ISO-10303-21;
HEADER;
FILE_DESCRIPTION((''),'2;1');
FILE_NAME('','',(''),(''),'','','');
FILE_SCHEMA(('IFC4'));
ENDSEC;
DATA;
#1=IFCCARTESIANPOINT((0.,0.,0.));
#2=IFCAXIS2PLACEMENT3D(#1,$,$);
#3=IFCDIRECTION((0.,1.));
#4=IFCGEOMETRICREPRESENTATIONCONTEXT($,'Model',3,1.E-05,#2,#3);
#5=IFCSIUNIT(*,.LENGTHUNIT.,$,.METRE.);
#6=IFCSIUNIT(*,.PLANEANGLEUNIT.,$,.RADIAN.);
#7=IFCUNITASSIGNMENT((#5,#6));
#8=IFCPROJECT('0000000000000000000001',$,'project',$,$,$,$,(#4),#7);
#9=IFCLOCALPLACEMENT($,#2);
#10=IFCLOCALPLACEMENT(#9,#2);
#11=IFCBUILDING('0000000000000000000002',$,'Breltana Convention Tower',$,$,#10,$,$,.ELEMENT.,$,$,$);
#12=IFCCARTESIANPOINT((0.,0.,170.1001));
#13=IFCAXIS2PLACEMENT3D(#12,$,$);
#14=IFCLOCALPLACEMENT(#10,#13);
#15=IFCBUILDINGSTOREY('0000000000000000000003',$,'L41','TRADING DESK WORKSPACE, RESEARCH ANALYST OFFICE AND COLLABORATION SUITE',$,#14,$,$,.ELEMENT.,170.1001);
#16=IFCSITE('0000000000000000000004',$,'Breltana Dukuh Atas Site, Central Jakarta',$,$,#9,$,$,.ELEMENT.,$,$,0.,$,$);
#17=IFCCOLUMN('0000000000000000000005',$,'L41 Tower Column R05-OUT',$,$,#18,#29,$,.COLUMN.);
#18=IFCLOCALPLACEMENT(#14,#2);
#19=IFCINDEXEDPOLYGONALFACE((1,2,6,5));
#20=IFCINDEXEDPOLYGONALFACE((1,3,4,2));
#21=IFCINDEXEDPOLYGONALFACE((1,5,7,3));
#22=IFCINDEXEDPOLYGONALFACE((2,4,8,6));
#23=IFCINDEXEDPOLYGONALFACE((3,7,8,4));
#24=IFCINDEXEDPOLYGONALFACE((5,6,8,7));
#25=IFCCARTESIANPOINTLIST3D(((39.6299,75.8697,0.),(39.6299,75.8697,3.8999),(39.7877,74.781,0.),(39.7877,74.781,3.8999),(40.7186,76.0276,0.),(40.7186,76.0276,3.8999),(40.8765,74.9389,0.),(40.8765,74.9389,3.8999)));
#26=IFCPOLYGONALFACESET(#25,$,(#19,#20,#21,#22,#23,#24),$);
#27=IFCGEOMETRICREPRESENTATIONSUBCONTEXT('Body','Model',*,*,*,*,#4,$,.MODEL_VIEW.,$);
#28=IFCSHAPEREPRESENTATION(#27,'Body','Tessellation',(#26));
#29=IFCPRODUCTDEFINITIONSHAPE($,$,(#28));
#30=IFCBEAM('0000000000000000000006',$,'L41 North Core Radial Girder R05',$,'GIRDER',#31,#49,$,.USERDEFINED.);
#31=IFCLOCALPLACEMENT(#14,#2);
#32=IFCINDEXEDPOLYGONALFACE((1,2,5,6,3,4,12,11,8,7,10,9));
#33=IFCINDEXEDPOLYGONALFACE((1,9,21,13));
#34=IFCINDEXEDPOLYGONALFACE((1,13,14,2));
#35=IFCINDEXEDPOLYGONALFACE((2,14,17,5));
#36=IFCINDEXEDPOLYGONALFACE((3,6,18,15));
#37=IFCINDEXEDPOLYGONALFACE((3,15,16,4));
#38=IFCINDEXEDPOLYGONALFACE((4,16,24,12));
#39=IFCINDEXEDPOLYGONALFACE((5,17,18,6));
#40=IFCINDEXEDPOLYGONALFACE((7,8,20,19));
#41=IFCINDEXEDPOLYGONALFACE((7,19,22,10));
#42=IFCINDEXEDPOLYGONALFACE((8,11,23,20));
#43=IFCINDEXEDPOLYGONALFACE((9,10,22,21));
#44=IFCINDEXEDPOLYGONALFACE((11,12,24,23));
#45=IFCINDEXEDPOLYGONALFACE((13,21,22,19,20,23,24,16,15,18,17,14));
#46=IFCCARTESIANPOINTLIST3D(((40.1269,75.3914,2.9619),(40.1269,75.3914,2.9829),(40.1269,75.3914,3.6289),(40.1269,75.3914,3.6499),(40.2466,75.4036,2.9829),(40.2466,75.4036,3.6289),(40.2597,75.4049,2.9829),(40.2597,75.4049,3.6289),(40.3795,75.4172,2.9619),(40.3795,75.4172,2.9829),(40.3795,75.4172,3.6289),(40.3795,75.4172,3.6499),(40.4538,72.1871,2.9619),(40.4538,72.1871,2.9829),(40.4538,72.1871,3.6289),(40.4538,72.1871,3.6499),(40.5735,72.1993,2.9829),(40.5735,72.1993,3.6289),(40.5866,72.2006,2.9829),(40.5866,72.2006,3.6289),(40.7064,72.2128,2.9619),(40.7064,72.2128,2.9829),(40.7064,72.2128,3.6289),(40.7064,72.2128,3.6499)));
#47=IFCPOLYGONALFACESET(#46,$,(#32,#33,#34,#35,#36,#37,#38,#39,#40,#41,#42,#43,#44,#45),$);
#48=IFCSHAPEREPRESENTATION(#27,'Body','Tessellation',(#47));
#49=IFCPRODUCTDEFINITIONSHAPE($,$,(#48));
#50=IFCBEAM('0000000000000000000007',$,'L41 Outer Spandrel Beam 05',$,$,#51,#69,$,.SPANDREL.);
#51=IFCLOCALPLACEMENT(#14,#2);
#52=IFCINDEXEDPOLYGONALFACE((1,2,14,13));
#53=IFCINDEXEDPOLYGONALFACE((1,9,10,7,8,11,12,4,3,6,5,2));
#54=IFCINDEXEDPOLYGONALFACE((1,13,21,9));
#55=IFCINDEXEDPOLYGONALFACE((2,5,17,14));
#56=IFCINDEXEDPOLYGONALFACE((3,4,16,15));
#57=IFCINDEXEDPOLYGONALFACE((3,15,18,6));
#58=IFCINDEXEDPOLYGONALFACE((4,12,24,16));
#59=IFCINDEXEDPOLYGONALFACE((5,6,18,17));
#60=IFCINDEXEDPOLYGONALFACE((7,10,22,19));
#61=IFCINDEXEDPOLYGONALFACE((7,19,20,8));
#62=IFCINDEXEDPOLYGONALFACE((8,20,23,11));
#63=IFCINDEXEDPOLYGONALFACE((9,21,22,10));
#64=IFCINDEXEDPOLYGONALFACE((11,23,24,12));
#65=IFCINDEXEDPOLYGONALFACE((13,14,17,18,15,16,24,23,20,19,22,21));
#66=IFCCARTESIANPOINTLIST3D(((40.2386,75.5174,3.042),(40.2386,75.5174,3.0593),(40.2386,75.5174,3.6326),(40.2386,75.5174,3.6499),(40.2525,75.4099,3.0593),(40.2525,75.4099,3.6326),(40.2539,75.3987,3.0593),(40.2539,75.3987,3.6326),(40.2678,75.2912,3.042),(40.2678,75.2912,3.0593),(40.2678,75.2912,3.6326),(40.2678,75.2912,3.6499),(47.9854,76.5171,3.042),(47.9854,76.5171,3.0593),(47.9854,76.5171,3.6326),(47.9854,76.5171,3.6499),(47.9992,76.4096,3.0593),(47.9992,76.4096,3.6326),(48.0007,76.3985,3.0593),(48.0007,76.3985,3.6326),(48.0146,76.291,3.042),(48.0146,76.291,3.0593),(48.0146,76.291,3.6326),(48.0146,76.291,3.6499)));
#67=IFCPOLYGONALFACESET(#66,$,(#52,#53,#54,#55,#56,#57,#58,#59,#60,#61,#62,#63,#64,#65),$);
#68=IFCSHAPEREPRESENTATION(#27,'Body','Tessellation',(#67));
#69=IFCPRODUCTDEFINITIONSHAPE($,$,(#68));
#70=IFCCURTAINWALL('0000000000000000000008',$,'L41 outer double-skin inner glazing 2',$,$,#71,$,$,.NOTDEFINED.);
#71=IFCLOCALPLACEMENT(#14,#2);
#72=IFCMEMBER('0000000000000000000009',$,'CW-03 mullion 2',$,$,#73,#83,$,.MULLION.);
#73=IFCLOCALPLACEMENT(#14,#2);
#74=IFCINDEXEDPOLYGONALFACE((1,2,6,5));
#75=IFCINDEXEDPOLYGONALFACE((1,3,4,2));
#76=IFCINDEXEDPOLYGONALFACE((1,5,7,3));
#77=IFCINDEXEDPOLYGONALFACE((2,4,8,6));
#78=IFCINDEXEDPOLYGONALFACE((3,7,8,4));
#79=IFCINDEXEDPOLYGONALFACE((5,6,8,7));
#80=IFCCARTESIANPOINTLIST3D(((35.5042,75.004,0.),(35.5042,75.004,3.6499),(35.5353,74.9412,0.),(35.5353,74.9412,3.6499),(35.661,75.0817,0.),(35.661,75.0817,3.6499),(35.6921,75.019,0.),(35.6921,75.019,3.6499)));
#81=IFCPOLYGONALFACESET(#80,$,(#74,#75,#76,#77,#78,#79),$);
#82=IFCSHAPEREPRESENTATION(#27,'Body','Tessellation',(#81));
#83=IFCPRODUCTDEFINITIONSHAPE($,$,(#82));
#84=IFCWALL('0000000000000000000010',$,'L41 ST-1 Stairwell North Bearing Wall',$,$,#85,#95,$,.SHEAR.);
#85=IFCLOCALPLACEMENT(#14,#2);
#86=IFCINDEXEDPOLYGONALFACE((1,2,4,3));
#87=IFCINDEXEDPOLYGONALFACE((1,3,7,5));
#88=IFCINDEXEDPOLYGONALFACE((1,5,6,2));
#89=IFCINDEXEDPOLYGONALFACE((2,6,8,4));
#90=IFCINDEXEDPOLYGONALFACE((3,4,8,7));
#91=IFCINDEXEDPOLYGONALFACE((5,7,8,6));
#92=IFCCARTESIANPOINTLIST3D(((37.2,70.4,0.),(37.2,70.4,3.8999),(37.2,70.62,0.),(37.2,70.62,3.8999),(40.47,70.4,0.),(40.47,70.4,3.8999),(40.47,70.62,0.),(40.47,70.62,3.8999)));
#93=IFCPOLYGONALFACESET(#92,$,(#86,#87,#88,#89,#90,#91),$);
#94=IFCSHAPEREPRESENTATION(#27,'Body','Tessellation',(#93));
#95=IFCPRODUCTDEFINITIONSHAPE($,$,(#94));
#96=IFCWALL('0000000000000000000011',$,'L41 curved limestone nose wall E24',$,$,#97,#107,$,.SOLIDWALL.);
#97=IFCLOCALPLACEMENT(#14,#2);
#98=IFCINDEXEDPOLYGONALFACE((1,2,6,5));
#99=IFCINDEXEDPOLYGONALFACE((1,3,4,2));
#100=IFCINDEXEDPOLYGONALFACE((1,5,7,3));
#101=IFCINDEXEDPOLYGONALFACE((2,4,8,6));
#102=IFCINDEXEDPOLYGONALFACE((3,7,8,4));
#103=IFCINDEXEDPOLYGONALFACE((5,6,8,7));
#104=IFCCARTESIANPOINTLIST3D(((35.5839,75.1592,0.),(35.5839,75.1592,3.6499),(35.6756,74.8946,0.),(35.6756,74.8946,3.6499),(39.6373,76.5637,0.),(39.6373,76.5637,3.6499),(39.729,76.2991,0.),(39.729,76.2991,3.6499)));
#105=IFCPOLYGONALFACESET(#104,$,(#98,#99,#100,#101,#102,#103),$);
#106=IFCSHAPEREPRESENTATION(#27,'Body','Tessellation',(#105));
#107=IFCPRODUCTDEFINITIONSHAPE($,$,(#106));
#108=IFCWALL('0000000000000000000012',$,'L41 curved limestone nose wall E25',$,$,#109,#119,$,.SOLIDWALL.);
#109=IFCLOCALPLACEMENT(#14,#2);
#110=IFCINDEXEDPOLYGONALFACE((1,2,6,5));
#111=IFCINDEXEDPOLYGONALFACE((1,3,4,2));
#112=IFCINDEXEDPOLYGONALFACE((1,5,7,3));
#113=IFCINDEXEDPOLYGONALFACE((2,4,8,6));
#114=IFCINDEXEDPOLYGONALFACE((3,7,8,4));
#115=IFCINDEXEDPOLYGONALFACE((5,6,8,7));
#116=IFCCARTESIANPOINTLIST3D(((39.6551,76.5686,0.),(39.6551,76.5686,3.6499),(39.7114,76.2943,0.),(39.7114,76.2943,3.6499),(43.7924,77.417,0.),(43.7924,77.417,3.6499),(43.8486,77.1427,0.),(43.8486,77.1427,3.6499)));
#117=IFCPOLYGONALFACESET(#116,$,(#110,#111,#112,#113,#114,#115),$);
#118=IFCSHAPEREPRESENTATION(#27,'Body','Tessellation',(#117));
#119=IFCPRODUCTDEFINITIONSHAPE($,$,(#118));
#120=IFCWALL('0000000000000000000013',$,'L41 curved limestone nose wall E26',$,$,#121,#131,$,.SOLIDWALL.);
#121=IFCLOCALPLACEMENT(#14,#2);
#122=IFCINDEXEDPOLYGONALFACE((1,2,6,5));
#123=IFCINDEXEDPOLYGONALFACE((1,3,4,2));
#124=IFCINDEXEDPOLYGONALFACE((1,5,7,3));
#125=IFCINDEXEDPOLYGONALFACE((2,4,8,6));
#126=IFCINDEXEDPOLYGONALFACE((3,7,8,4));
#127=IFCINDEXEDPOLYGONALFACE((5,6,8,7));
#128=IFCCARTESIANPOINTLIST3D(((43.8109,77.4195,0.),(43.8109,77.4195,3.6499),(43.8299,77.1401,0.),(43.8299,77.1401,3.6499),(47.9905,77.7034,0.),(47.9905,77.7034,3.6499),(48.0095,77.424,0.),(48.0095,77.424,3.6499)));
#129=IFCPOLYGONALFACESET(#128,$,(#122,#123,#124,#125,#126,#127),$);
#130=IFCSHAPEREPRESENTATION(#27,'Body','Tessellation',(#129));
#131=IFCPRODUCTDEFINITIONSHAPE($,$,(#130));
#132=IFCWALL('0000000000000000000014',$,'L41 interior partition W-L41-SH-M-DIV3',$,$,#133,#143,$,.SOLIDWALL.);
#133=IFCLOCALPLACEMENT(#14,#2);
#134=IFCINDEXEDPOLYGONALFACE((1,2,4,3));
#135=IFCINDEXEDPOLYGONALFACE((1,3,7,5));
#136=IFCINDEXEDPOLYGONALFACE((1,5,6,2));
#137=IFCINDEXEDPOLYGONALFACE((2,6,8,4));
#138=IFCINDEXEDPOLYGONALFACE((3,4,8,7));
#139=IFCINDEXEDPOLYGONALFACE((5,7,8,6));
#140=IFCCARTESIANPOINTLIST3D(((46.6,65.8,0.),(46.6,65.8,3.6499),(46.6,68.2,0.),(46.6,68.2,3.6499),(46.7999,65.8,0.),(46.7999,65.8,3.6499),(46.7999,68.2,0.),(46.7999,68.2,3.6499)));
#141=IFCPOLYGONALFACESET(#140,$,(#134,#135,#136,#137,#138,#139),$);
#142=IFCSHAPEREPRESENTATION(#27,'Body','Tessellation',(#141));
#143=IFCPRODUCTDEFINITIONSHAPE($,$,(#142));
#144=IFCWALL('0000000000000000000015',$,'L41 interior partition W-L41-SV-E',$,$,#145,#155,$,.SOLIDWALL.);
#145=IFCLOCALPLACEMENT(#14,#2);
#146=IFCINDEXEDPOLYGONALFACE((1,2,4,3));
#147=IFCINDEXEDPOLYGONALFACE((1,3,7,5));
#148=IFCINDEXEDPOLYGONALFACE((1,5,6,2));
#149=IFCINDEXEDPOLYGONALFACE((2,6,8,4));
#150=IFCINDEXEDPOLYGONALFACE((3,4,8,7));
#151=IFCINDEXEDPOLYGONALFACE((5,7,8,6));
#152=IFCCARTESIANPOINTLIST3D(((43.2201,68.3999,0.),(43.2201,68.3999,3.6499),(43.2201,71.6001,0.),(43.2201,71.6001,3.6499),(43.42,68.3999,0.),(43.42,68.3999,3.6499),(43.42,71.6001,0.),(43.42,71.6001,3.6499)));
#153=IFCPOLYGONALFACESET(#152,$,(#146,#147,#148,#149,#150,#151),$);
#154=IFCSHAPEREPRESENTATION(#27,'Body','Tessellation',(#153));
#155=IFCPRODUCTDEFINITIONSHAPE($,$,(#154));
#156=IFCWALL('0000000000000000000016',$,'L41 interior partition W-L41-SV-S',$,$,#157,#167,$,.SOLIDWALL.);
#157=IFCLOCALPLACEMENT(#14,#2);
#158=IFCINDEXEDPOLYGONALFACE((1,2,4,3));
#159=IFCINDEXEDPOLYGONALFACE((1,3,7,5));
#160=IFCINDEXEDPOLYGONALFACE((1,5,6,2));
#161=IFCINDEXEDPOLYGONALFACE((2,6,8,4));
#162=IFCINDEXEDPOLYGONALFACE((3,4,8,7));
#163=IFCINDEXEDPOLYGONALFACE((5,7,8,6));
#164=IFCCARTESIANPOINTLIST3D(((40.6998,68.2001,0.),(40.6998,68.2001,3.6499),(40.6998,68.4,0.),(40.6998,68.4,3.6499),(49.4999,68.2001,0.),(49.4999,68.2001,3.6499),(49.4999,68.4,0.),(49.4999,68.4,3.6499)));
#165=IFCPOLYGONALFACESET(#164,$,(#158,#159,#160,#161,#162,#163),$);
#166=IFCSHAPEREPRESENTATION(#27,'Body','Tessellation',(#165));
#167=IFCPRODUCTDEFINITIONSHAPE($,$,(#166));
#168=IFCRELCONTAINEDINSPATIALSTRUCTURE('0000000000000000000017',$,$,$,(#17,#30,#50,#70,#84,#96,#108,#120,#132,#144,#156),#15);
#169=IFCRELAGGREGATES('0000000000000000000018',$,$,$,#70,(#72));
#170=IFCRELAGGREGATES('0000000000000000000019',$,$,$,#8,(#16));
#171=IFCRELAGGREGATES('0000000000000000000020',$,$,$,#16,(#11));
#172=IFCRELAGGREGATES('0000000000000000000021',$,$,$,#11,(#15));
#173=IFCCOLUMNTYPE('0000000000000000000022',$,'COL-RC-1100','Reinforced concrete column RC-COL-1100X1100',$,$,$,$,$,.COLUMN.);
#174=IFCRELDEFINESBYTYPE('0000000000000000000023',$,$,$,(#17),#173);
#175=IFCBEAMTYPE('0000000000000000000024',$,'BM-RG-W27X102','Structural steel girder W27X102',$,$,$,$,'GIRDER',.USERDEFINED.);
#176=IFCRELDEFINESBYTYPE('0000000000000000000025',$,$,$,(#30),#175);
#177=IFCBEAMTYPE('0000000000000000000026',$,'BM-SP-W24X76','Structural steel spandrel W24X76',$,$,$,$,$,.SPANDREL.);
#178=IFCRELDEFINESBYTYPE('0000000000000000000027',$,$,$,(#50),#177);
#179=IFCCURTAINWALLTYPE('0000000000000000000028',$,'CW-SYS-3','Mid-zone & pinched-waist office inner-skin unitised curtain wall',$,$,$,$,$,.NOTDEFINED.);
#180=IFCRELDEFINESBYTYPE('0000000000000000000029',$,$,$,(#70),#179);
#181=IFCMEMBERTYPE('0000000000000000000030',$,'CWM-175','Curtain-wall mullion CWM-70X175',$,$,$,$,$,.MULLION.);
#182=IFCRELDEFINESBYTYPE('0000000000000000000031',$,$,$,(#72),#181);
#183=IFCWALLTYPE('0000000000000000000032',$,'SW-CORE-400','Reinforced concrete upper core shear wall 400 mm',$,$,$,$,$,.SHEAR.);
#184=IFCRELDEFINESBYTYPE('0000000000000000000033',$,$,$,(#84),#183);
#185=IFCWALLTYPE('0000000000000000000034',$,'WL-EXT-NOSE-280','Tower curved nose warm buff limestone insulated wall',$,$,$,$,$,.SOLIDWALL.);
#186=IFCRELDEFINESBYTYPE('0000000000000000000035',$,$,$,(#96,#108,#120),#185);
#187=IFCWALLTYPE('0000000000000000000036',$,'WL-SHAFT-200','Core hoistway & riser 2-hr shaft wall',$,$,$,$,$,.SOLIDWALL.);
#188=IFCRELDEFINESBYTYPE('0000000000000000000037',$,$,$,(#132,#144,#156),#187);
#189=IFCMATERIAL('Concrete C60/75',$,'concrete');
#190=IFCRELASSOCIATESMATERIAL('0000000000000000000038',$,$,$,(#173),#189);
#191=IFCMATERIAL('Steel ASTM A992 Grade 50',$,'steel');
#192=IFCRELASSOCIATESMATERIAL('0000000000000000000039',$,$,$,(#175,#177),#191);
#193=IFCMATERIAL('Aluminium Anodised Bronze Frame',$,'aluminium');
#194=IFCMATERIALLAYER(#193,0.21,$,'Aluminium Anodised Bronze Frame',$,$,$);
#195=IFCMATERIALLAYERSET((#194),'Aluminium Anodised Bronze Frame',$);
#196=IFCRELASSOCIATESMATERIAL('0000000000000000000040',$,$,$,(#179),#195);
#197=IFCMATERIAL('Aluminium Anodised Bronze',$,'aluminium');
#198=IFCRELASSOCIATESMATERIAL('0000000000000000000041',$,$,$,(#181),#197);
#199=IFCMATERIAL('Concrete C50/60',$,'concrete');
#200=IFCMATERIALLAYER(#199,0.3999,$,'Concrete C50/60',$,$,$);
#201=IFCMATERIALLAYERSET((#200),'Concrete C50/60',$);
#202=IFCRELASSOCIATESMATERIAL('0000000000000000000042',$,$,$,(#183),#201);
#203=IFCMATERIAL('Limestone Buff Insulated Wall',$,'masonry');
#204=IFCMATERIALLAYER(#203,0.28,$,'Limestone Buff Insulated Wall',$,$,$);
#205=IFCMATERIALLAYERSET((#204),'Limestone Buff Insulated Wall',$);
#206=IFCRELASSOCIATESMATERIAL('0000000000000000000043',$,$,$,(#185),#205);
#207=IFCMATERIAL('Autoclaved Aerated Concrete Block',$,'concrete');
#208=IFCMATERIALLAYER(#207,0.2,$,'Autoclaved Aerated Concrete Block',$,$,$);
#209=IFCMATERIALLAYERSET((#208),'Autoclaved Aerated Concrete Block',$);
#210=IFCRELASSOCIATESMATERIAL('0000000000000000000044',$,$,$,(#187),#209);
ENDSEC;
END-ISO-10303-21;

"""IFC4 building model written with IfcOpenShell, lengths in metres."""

from ifc_helpers import new_model, si_unit, direction, frame, frame_2d, origin, origin_2d, place, context, subcontext, project, spatial, rectangle, i_section, extrude, source, transform, mapped, material, layer, layer_set, material_profile, profile_set, type_object, element, aggregate, save


model = new_model("IFC4")

# Units and contexts
model_context = context("Model", 3, precision=1e-05, world=origin(), true_north=direction((0.0, 1.0)))
body_context = subcontext(model_context, "Body", "Model", "MODEL_VIEW")
ifc_project = project(units=[si_unit("LENGTHUNIT", "METRE"), si_unit("PLANEANGLEUNIT", "RADIAN")], contexts=[model_context])

# Site, building, storey
site_placement = place(None, origin())
site = spatial("IfcSite", under=ifc_project, at=site_placement, Name="Breltana Dukuh Atas Site, Central Jakarta", CompositionType="ELEMENT", RefElevation=0.0)
building_placement = place(site_placement, origin())
building = spatial("IfcBuilding", under=site, at=building_placement, Name="Breltana Convention Tower", CompositionType="ELEMENT")
storey_placement = place(building_placement, frame((0.0, 0.0, 170.1001)))
storey = spatial("IfcBuildingStorey", under=building, at=storey_placement, Name="L41", Description="TRADING DESK WORKSPACE, RESEARCH ANALYST OFFICE AND COLLABORATION SUITE", CompositionType="ELEMENT", Elevation=170.1001)

# Column
ifc_material_1 = material(Name="Concrete C60/75", Category="concrete")
ifc_material_profile_1 = material_profile(ifc_material_1, rectangle(XDim=1.1001, YDim=1.1001, at=origin_2d()), Name="RC-COL-1100X1100")
ifc_profile_set_1 = profile_set([ifc_material_profile_1], Name="Concrete C60/75")
column_type = type_object("IfcColumnType", Name="COL-RC-1100", Description="Reinforced concrete column RC-COL-1100X1100", PredefinedType="COLUMN", material=ifc_profile_set_1)
shared_shape_1 = source(origin(), body_context, "Body", "SweptSolid", [
    extrude(rectangle(XDim=1.1001, YDim=1.1001, at=origin_2d()), origin(), (0.0, 0.0, 1.0), 3.8999),
])
column_placement = place(storey_placement, frame((40.2532, 75.4043, 0.0), z_axis=(0.0, 0.0, 1.0), x_axis=(-0.143493, 0.989651, 0.0)))
element("IfcColumn", 1, at=column_placement, inside=storey, type_object=column_type, Name="L41 Tower Column R05-OUT", PredefinedType="COLUMN", context=body_context, shape_type="MappedRepresentation", body=[
    mapped(shared_shape_1, transform((0.0, 0.0, 0.0), scale=1.0)),
])

# Beams
ifc_material_2 = material(Name="Steel ASTM A992 Grade 50", Category="steel")
ifc_material_profile_2 = material_profile(ifc_material_2, i_section(OverallWidth=0.2539, OverallDepth=0.688, WebThickness=0.0132, FlangeThickness=0.021, at=origin_2d()), Name="W27X102")
ifc_profile_set_2 = profile_set([ifc_material_profile_2], Name="Steel ASTM A992 Grade 50")
beam_type_1 = type_object("IfcBeamType", Name="BM-RG-W27X102", Description="Structural steel girder W27X102", ElementType="GIRDER", PredefinedType="USERDEFINED", material=ifc_profile_set_2)
shared_shape_2 = source(origin(), body_context, "Body", "SweptSolid", [
    extrude(i_section(OverallWidth=0.2539, OverallDepth=0.688, WebThickness=0.0132, FlangeThickness=0.021, at=origin_2d()), origin(), (0.0, 0.0, 1.0), 3.2209),
])
beam_1_placement = place(storey_placement, frame((40.5801, 72.2, 3.3059), z_axis=(-0.101492, 0.994836, 0.0), x_axis=(-0.994836, -0.101492, 0.0)))
element("IfcBeam", 2, at=beam_1_placement, inside=storey, type_object=beam_type_1, Name="L41 North Core Radial Girder R05", ObjectType="GIRDER", PredefinedType="USERDEFINED", context=body_context, shape_type="MappedRepresentation", body=[
    mapped(shared_shape_2, transform((0.0, 0.0, 0.0), scale=1.0)),
])
ifc_material_profile_3 = material_profile(ifc_material_2, i_section(OverallWidth=0.228, OverallDepth=0.6079, WebThickness=0.0112, FlangeThickness=0.0173, at=origin_2d()), Name="W24X76")
ifc_profile_set_3 = profile_set([ifc_material_profile_3], Name="Steel ASTM A992 Grade 50")
beam_type_2 = type_object("IfcBeamType", Name="BM-SP-W24X76", Description="Structural steel spandrel W24X76", PredefinedType="SPANDREL", material=ifc_profile_set_3)
shared_shape_3 = source(origin(), body_context, "Body", "SweptSolid", [
    extrude(i_section(OverallWidth=0.228, OverallDepth=0.6079, WebThickness=0.0112, FlangeThickness=0.0173, at=origin_2d()), origin(), (0.0, 0.0, 1.0), 7.811),
])
beam_2_placement = place(storey_placement, frame((40.2532, 75.4043, 3.3459), z_axis=(0.991775, 0.127992, 0.0), x_axis=(-0.127992, 0.991775, 0.0)))
element("IfcBeam", 3, at=beam_2_placement, inside=storey, type_object=beam_type_2, Name="L41 Outer Spandrel Beam 05", PredefinedType="SPANDREL", context=body_context, shape_type="MappedRepresentation", body=[
    mapped(shared_shape_3, transform((0.0, 0.0, 0.0), scale=1.0)),
])

# Curtain wall, member
ifc_material_3 = material(Name="Aluminium Anodised Bronze Frame", Category="aluminium")
ifc_layer_1 = layer(ifc_material_3, 0.21, Name="Aluminium Anodised Bronze Frame")
ifc_layer_set_1 = layer_set([ifc_layer_1], Name="Aluminium Anodised Bronze Frame")
curtain_wall_type = type_object("IfcCurtainWallType", Name="CW-SYS-3", Description="Mid-zone & pinched-waist office inner-skin unitised curtain wall", PredefinedType="NOTDEFINED", material=ifc_layer_set_1)
curtain_wall_placement = place(storey_placement, origin())
curtain_wall = element("IfcCurtainWall", 4, at=curtain_wall_placement, inside=storey, type_object=curtain_wall_type, Name="L41 outer double-skin inner glazing 2", PredefinedType="NOTDEFINED")
ifc_material_4 = material(Name="Aluminium Anodised Bronze", Category="aluminium")
ifc_material_profile_4 = material_profile(ifc_material_4, rectangle(XDim=0.0701, YDim=0.175, at=origin_2d()), Name="CWM-70X175")
ifc_profile_set_4 = profile_set([ifc_material_profile_4], Name="Aluminium Anodised Bronze")
member_type = type_object("IfcMemberType", Name="CWM-175", Description="Curtain-wall mullion CWM-70X175", PredefinedType="MULLION", material=ifc_profile_set_4)
shared_shape_4 = source(origin(), body_context, "Body", "SweptSolid", [
    extrude(rectangle(XDim=0.0701, YDim=0.175, at=origin_2d()), origin(), (0.0, 0.0, 1.0), 3.6499),
])
member_placement = place(storey_placement, frame((35.5981, 75.0115, 0.0), z_axis=(0.0, 0.0, 1.0), x_axis=(-0.444118, 0.895968, 0.0)))
member = element("IfcMember", 5, at=member_placement, type_object=member_type, Name="CW-03 mullion 2", PredefinedType="MULLION", context=body_context, shape_type="MappedRepresentation", body=[
    mapped(shared_shape_4, transform((0.0, 0.0, 0.0), scale=1.0)),
])
aggregate(curtain_wall, [member])

# Walls
ifc_material_5 = material(Name="Concrete C50/60", Category="concrete")
ifc_layer_2 = layer(ifc_material_5, 0.3999, Name="Concrete C50/60")
ifc_layer_set_2 = layer_set([ifc_layer_2], Name="Concrete C50/60")
wall_type_1 = type_object("IfcWallType", Name="SW-CORE-400", Description="Reinforced concrete upper core shear wall 400 mm", PredefinedType="SHEAR", material=ifc_layer_set_2)
shared_shape_5 = source(origin(), body_context, "Body", "SweptSolid", [
    extrude(rectangle(XDim=3.27, YDim=0.22, at=frame_2d((1.635, 0.0))), origin(), (0.0, 0.0, 1.0), 3.8999),
])
wall_1_placement = place(storey_placement, frame((37.2, 70.51, 0.0), z_axis=(0.0, 0.0, 1.0), x_axis=(1.0, 0.0, 0.0)))
element("IfcWall", 6, at=wall_1_placement, inside=storey, type_object=wall_type_1, Name="L41 ST-1 Stairwell North Bearing Wall", PredefinedType="SHEAR", context=body_context, shape_type="MappedRepresentation", body=[
    mapped(shared_shape_5, transform((0.0, 0.0, 0.0), scale=1.0)),
])
ifc_material_6 = material(Name="Limestone Buff Insulated Wall", Category="masonry")
ifc_layer_3 = layer(ifc_material_6, 0.28, Name="Limestone Buff Insulated Wall")
ifc_layer_set_3 = layer_set([ifc_layer_3], Name="Limestone Buff Insulated Wall")
wall_type_2 = type_object("IfcWallType", Name="WL-EXT-NOSE-280", Description="Tower curved nose warm buff limestone insulated wall", PredefinedType="SOLIDWALL", material=ifc_layer_set_3)
shared_shape_6 = source(origin(), body_context, "Body", "SweptSolid", [
    extrude(rectangle(XDim=4.2898, YDim=0.28, at=frame_2d((2.145, 0.0))), origin(), (0.0, 0.0, 1.0), 3.6499),
])
wall_2_placement = place(storey_placement, frame((35.6296, 75.0269, 0.0), z_axis=(0.0, 0.0, 1.0), x_axis=(0.944884, 0.327406, 0.0)))
element("IfcWall", 7, at=wall_2_placement, inside=storey, type_object=wall_type_2, Name="L41 curved limestone nose wall E24", PredefinedType="SOLIDWALL", context=body_context, shape_type="MappedRepresentation", body=[
    mapped(shared_shape_6, transform((0.0, 0.0, 0.0), scale=1.0)),
])
shared_shape_7 = source(origin(), body_context, "Body", "SweptSolid", [
    extrude(rectangle(XDim=4.2234, YDim=0.28, at=frame_2d((2.1118, 0.0))), origin(), (0.0, 0.0, 1.0), 3.6499),
])
wall_3_placement = place(storey_placement, frame((39.6831, 76.4314, 0.0), z_axis=(0.0, 0.0, 1.0), x_axis=(0.979615, 0.200883, 0.0)))
element("IfcWall", 8, at=wall_3_placement, inside=storey, type_object=wall_type_2, Name="L41 curved limestone nose wall E25", PredefinedType="SOLIDWALL", context=body_context, shape_type="MappedRepresentation", body=[
    mapped(shared_shape_7, transform((0.0, 0.0, 0.0), scale=1.0)),
])
shared_shape_8 = source(origin(), body_context, "Body", "SweptSolid", [
    extrude(rectangle(XDim=4.1892, YDim=0.28, at=frame_2d((2.0947, 0.0))), origin(), (0.0, 0.0, 1.0), 3.6499),
])
wall_4_placement = place(storey_placement, frame((43.8203, 77.2798, 0.0), z_axis=(0.0, 0.0, 1.0), x_axis=(0.997701, 0.067776, 0.0)))
element("IfcWall", 9, at=wall_4_placement, inside=storey, type_object=wall_type_2, Name="L41 curved limestone nose wall E26", PredefinedType="SOLIDWALL", context=body_context, shape_type="MappedRepresentation", body=[
    mapped(shared_shape_8, transform((0.0, 0.0, 0.0), scale=1.0)),
])
ifc_material_7 = material(Name="Autoclaved Aerated Concrete Block", Category="concrete")
ifc_layer_4 = layer(ifc_material_7, 0.2, Name="Autoclaved Aerated Concrete Block")
ifc_layer_set_4 = layer_set([ifc_layer_4], Name="Autoclaved Aerated Concrete Block")
wall_type_3 = type_object("IfcWallType", Name="WL-SHAFT-200", Description="Core hoistway & riser 2-hr shaft wall", PredefinedType="SOLIDWALL", material=ifc_layer_set_4)
shared_shape_9 = source(origin(), body_context, "Body", "SweptSolid", [
    extrude(rectangle(XDim=2.3999, YDim=0.2, at=frame_2d((1.2, 0.0))), origin(), (0.0, 0.0, 1.0), 3.6499),
])
wall_5_placement = place(storey_placement, frame((46.7, 65.8, 0.0), z_axis=(0.0, 0.0, 1.0), x_axis=(0.0, 1.0, 0.0)))
element("IfcWall", 10, at=wall_5_placement, inside=storey, type_object=wall_type_3, Name="L41 interior partition W-L41-SH-M-DIV3", PredefinedType="SOLIDWALL", context=body_context, shape_type="MappedRepresentation", body=[
    mapped(shared_shape_9, transform((0.0, 0.0, 0.0), scale=1.0)),
])
shared_shape_10 = source(origin(), body_context, "Body", "SweptSolid", [
    extrude(rectangle(XDim=3.2002, YDim=0.2, at=frame_2d((1.6001, 0.0))), origin(), (0.0, 0.0, 1.0), 3.6499),
])
wall_6_placement = place(storey_placement, frame((43.3201, 68.3999, 0.0), z_axis=(0.0, 0.0, 1.0), x_axis=(0.0, 1.0, 0.0)))
element("IfcWall", 11, at=wall_6_placement, inside=storey, type_object=wall_type_3, Name="L41 interior partition W-L41-SV-E", PredefinedType="SOLIDWALL", context=body_context, shape_type="MappedRepresentation", body=[
    mapped(shared_shape_10, transform((0.0, 0.0, 0.0), scale=1.0)),
])
shared_shape_11 = source(origin(), body_context, "Body", "SweptSolid", [
    extrude(rectangle(XDim=8.8, YDim=0.2, at=frame_2d((4.3999, 0.0))), origin(), (0.0, 0.0, 1.0), 3.6499),
])
wall_7_placement = place(storey_placement, frame((40.7, 68.3, 0.0), z_axis=(0.0, 0.0, 1.0), x_axis=(1.0, 0.0, 0.0)))
element("IfcWall", 12, at=wall_7_placement, inside=storey, type_object=wall_type_3, Name="L41 interior partition W-L41-SV-S", PredefinedType="SOLIDWALL", context=body_context, shape_type="MappedRepresentation", body=[
    mapped(shared_shape_11, transform((0.0, 0.0, 0.0), scale=1.0)),
])

save(model, "model.ifc")
